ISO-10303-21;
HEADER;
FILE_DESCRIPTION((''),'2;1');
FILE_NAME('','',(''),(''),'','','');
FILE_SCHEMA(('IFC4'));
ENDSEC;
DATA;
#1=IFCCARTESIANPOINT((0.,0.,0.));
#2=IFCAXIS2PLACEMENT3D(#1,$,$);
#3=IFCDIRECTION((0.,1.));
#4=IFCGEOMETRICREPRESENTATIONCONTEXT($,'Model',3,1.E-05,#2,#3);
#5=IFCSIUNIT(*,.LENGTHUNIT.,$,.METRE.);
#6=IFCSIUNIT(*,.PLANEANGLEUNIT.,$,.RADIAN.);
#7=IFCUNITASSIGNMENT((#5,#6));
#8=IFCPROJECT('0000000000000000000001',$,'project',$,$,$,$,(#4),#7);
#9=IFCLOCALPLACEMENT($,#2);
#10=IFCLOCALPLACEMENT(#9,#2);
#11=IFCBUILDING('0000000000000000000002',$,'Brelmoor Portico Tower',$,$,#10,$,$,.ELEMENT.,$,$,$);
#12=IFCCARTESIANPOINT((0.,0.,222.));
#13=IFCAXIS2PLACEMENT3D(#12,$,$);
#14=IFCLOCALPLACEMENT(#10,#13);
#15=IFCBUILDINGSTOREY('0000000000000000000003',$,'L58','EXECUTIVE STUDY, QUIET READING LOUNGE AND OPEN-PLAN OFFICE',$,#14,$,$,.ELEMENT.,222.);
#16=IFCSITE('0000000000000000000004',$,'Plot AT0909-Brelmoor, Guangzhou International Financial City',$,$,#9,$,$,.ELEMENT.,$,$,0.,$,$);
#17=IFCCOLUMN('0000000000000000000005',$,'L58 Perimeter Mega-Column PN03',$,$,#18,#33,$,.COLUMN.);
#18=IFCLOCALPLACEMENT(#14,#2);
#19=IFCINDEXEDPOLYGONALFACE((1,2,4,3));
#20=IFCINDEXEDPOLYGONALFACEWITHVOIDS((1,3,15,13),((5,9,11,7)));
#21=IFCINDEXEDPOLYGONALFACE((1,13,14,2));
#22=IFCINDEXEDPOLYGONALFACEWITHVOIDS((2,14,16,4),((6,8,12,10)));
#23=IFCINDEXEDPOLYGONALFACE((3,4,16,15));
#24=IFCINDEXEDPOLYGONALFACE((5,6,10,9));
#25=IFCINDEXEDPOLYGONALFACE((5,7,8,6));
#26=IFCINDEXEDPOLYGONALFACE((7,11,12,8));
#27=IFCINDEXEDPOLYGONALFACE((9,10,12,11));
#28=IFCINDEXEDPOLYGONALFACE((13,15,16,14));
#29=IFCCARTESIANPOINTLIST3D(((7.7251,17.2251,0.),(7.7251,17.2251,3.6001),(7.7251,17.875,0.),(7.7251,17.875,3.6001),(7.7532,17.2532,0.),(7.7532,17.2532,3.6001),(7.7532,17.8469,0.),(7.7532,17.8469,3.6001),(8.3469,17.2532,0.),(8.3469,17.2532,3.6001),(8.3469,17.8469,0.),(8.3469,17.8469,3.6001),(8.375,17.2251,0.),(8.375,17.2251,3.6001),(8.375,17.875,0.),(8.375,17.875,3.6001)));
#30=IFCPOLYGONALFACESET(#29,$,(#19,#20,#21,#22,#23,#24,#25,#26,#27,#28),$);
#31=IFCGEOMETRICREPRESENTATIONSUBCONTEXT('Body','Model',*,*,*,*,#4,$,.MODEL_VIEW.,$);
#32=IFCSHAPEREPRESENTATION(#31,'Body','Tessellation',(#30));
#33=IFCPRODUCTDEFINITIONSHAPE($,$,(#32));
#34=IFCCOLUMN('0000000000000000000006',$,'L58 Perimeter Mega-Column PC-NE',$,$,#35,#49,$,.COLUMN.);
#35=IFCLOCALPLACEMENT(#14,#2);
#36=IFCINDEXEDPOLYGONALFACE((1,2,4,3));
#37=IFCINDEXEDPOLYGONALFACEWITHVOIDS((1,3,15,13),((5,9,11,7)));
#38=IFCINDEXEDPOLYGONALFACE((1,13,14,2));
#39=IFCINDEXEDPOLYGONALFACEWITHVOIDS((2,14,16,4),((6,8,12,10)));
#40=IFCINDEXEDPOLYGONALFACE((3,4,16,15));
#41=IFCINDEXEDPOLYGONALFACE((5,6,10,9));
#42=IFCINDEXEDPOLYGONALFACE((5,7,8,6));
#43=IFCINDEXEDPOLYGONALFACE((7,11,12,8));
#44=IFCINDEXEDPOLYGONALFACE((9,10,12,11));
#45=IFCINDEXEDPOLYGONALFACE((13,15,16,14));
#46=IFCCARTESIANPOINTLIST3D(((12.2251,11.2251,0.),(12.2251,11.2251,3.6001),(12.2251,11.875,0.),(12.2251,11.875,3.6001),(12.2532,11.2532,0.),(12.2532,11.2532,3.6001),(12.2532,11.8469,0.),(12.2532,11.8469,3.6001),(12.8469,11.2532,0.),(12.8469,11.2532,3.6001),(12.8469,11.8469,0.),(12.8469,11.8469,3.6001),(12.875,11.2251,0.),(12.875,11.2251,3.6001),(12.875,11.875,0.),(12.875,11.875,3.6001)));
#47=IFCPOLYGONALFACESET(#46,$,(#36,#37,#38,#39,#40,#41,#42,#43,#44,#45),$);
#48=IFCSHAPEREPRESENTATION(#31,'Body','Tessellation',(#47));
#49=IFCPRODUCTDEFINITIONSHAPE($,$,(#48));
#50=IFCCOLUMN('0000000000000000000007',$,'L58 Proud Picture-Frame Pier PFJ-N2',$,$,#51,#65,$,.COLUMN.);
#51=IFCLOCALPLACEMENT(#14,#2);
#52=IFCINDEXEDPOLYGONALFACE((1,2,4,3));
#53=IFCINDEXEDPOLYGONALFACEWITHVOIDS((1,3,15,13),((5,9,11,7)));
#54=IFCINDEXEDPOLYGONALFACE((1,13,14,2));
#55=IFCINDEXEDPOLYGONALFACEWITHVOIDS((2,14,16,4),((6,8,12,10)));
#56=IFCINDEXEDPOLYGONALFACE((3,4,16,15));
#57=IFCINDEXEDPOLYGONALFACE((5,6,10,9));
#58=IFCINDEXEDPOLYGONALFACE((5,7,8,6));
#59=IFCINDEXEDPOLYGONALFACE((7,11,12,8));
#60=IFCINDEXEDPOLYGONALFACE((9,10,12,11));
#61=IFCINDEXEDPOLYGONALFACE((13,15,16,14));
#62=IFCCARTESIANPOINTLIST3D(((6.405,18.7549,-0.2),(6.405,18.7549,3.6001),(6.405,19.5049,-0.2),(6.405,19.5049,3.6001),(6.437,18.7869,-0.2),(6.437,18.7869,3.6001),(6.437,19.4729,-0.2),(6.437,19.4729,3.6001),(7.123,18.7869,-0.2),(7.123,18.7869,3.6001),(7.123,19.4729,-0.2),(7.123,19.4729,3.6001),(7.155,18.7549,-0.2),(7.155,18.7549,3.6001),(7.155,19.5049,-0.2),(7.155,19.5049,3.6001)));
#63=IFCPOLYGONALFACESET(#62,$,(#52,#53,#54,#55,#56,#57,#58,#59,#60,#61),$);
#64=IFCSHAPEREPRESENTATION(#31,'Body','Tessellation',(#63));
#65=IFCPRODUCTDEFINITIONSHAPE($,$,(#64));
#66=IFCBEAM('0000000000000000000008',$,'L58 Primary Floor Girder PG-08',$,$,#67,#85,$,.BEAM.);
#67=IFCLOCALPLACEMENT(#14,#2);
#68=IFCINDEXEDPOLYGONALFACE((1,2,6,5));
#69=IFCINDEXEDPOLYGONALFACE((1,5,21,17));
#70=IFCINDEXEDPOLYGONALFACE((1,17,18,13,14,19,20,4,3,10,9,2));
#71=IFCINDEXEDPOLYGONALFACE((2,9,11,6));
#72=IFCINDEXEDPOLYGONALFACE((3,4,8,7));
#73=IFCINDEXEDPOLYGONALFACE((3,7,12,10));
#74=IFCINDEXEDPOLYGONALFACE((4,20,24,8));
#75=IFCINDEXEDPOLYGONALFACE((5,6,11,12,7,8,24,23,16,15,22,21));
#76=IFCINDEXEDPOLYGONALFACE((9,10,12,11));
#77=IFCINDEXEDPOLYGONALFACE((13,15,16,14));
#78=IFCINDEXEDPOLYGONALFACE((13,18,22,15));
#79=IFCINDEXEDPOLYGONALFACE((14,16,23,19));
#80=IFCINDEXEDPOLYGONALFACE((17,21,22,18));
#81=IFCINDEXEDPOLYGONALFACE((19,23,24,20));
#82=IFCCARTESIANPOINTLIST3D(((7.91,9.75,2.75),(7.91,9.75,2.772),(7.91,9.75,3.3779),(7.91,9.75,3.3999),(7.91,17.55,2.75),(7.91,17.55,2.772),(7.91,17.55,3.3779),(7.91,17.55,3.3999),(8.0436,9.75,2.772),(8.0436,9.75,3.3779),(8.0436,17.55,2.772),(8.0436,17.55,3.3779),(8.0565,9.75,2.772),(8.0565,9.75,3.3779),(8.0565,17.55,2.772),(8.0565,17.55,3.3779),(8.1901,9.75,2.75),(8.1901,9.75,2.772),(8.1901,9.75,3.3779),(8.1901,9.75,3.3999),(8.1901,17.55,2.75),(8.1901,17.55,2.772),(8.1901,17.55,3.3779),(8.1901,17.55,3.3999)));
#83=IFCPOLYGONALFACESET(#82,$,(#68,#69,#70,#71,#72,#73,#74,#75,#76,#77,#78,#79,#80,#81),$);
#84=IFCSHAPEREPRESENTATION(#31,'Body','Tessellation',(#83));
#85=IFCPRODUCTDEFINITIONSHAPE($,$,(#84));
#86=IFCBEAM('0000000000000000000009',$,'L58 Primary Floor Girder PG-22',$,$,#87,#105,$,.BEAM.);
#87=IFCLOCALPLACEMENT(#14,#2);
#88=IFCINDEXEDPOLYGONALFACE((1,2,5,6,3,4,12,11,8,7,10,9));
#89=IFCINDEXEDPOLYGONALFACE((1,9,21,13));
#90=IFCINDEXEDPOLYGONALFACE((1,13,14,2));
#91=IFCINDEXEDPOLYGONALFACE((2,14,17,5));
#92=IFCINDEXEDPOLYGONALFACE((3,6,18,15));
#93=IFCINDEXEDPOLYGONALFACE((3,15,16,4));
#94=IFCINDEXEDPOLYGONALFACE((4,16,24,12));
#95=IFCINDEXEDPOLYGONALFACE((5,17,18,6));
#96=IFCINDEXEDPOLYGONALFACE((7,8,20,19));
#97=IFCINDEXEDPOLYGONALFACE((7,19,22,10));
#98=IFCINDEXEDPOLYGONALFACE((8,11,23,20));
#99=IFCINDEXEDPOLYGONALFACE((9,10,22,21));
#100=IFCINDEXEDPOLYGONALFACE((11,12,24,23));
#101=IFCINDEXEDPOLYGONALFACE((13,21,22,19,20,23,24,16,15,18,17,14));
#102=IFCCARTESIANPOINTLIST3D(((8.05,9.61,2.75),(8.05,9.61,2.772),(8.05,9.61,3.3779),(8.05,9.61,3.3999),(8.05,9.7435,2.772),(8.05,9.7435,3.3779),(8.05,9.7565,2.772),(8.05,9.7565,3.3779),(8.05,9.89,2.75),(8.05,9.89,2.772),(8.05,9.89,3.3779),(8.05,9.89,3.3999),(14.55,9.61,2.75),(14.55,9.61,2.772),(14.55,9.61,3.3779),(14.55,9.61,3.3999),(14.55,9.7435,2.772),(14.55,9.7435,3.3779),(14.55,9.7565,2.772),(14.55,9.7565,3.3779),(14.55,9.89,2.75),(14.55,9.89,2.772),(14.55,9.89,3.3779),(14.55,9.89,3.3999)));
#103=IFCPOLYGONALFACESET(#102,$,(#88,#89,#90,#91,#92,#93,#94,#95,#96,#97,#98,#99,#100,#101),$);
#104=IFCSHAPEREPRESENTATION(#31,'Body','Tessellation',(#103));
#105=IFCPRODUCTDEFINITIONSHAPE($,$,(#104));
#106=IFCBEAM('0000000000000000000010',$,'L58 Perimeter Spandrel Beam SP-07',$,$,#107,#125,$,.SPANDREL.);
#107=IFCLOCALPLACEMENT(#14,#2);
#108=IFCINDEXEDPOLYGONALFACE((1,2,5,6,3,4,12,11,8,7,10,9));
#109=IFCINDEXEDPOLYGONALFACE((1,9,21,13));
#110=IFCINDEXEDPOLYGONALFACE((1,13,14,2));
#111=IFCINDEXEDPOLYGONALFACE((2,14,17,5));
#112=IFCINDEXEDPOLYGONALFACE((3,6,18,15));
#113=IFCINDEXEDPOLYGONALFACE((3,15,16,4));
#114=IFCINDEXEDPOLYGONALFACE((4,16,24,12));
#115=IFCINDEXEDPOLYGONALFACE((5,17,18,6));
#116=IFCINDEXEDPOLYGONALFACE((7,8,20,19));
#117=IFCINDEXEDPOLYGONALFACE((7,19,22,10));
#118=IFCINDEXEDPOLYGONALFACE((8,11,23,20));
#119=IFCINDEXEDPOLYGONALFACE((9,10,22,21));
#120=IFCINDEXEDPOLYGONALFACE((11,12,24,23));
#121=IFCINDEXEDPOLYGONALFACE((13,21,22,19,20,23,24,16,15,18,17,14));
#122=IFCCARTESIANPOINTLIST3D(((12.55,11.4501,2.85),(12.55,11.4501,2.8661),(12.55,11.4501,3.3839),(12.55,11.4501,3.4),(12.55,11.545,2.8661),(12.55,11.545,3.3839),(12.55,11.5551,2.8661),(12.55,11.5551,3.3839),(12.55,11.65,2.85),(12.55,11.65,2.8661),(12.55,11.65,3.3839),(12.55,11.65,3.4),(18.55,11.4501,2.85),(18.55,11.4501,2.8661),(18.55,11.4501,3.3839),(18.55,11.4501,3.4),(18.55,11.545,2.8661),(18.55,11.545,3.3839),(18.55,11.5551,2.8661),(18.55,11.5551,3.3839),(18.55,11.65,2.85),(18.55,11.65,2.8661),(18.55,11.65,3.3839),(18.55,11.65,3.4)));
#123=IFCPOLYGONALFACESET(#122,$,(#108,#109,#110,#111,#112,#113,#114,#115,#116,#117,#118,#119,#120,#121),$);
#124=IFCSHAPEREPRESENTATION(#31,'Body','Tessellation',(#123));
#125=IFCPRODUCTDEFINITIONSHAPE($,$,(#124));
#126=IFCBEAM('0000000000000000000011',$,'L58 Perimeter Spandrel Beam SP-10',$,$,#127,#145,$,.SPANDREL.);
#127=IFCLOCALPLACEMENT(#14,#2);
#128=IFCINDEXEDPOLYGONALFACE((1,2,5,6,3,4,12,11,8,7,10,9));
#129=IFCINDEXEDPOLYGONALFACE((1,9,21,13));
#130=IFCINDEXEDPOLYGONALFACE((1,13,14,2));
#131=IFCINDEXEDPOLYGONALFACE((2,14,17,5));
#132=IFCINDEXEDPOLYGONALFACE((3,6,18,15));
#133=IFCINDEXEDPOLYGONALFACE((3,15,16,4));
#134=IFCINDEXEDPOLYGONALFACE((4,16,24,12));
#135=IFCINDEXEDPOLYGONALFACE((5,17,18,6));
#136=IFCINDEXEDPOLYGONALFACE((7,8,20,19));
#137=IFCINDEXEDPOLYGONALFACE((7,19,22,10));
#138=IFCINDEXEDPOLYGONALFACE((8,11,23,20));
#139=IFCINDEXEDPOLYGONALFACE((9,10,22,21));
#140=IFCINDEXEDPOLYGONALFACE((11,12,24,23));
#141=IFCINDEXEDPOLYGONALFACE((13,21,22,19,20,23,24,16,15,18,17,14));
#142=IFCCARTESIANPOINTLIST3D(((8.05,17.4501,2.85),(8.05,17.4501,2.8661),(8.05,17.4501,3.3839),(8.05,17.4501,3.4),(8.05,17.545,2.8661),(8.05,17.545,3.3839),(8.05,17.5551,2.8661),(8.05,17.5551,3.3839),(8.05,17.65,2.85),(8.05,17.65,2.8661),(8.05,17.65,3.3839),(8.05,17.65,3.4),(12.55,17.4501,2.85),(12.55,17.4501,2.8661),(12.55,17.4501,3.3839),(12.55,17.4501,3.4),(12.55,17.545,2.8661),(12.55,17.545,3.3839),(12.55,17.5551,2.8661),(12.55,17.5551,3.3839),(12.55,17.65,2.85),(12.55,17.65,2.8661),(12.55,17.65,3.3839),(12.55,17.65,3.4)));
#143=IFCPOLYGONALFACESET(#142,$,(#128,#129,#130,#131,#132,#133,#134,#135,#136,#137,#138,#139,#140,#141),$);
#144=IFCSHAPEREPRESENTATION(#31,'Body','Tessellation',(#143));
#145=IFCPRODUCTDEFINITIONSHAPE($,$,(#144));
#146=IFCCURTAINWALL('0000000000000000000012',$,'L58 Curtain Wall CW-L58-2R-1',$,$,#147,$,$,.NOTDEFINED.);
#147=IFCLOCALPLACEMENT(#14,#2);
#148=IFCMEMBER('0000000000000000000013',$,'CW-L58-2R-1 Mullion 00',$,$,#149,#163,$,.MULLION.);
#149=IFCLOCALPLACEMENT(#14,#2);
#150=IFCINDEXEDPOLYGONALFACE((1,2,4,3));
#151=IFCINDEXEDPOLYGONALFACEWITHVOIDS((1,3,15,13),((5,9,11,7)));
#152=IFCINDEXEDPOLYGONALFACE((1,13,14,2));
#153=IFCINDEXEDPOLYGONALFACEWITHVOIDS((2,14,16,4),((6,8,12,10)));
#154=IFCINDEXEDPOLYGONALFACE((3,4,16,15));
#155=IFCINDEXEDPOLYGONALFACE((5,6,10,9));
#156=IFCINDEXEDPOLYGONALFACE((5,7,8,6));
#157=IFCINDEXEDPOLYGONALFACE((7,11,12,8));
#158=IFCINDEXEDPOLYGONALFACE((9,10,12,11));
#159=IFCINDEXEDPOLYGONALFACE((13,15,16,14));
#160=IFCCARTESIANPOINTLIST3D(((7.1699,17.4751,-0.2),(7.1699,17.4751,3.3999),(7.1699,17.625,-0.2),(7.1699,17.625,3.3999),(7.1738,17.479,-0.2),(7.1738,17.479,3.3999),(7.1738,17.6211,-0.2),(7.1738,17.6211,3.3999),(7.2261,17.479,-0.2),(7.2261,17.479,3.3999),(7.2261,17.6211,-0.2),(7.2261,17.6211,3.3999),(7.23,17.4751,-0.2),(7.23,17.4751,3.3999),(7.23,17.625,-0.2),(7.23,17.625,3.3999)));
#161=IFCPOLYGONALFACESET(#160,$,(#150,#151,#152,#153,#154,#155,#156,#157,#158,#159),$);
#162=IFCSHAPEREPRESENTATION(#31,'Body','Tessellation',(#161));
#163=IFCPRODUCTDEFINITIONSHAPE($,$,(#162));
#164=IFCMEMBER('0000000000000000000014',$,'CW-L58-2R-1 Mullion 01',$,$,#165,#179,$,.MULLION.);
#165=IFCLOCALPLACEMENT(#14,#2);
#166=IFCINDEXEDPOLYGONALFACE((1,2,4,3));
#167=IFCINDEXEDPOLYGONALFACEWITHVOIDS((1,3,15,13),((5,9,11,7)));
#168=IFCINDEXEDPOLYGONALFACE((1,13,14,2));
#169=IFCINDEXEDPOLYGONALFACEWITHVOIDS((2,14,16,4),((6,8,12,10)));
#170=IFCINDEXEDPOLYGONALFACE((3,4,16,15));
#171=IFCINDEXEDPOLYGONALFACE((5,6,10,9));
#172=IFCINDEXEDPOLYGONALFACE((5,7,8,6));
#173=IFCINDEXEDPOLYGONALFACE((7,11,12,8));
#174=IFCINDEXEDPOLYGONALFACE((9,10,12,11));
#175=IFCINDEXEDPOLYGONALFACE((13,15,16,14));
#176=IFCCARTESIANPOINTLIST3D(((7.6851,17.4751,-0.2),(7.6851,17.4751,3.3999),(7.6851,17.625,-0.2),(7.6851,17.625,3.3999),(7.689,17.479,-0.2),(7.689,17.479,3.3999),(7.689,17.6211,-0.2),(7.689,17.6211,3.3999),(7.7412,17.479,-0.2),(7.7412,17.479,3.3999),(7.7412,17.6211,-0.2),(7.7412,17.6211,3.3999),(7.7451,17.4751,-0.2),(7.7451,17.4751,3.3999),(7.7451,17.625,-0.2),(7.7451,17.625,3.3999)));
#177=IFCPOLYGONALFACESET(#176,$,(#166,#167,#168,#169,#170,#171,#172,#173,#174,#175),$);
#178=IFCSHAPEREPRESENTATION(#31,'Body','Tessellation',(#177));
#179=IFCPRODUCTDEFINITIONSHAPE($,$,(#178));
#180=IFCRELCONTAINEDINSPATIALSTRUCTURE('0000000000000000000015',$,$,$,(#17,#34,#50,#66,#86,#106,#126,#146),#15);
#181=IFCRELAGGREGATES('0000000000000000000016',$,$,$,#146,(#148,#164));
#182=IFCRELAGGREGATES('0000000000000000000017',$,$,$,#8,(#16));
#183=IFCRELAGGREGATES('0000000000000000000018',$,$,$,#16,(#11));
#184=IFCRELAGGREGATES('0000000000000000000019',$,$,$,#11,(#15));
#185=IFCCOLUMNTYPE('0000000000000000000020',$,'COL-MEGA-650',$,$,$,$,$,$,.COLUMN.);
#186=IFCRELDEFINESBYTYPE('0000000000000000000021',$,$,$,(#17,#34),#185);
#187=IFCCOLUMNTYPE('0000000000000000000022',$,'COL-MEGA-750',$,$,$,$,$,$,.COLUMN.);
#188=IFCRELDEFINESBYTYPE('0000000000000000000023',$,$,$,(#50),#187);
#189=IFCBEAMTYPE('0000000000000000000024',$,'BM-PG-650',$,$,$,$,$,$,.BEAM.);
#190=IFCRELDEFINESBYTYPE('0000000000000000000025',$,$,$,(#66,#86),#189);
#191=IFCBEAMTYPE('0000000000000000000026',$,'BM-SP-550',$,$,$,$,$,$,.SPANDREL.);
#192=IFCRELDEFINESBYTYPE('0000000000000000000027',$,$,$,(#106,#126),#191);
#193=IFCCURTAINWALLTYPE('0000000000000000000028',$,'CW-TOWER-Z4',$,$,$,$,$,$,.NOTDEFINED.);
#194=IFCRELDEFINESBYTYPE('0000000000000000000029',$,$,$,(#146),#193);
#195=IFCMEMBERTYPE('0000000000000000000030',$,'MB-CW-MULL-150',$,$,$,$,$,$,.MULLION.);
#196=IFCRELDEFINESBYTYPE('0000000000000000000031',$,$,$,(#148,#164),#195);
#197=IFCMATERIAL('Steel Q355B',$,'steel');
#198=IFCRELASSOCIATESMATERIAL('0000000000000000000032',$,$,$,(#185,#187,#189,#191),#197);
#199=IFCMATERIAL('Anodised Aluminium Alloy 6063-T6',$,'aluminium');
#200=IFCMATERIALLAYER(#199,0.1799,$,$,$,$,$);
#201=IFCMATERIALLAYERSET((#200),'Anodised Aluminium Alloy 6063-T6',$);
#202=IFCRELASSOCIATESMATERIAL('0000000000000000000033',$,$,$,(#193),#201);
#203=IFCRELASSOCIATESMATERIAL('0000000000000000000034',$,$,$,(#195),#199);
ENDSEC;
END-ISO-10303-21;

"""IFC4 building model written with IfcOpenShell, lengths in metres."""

from ifc_helpers import new_model, si_unit, direction, frame, origin, origin_2d, place, context, subcontext, project, spatial, hollow_rectangle, i_section, extrude, material, layer, layer_set, material_profile, profile_set, type_object, element, aggregate, save


model = new_model("IFC4")

# Units and contexts
model_context = context("Model", 3, precision=1e-05, world=origin(), true_north=direction((0.0, 1.0)))
body_context = subcontext(model_context, "Body", "Model", "MODEL_VIEW")
ifc_project = project(units=[si_unit("LENGTHUNIT", "METRE"), si_unit("PLANEANGLEUNIT", "RADIAN")], contexts=[model_context])

# Site, building, storey
site_placement = place(None, origin())
site = spatial("IfcSite", under=ifc_project, at=site_placement, Name="Plot AT0909-Brelmoor, Guangzhou International Financial City", CompositionType="ELEMENT", RefElevation=0.0)
building_placement = place(site_placement, origin())
building = spatial("IfcBuilding", under=site, at=building_placement, Name="Brelmoor Portico Tower", CompositionType="ELEMENT")
storey_placement = place(building_placement, frame((0.0, 0.0, 222.0)))
storey = spatial("IfcBuildingStorey", under=building, at=storey_placement, Name="L58", Description="EXECUTIVE STUDY, QUIET READING LOUNGE AND OPEN-PLAN OFFICE", CompositionType="ELEMENT", Elevation=222.0)

# Columns
ifc_material_1 = material(Name="Steel Q355B", Category="steel")
ifc_material_profile_1 = material_profile(ifc_material_1, hollow_rectangle(XDim=0.6499, YDim=0.6499, WallThickness=0.0281, at=origin_2d()), Name="BOX 650x650x28")
ifc_profile_set_1 = profile_set([ifc_material_profile_1], Name="Steel Q355B")
column_type_1 = type_object("IfcColumnType", Name="COL-MEGA-650", PredefinedType="COLUMN", material=ifc_profile_set_1)
for number, where, z_axis, x_axis, name in (
    (1, (8.05, 17.55, 0.0), (0.0, 0.0, 1.0), (1.0, 0.0, 0.0), "L58 Perimeter Mega-Column PN03"),
    (2, (12.55, 11.55, 0.0), (0.0, 0.0, 1.0), (1.0, 0.0, 0.0), "L58 Perimeter Mega-Column PC-NE"),
):
    element("IfcColumn", number, at=place(storey_placement, frame(where, z_axis=z_axis, x_axis=x_axis)), inside=storey, type_object=column_type_1, Name=name, PredefinedType="COLUMN", context=body_context, shape_type="SweptSolid", body=[
        extrude(hollow_rectangle(XDim=0.6499, YDim=0.6499, WallThickness=0.0281, at=origin_2d()), origin(), (0.0, 0.0, 1.0), 3.6001),
    ])
ifc_material_profile_2 = material_profile(ifc_material_1, hollow_rectangle(XDim=0.75, YDim=0.75, WallThickness=0.032, at=origin_2d()), Name="BOX 750x750x32")
ifc_profile_set_2 = profile_set([ifc_material_profile_2], Name="Steel Q355B")
column_type_2 = type_object("IfcColumnType", Name="COL-MEGA-750", PredefinedType="COLUMN", material=ifc_profile_set_2)
column_placement = place(storey_placement, frame((6.78, 19.1299, -0.2), z_axis=(0.0, 0.0, 1.0), x_axis=(1.0, 0.0, 0.0)))
element("IfcColumn", 3, at=column_placement, inside=storey, type_object=column_type_2, Name="L58 Proud Picture-Frame Pier PFJ-N2", PredefinedType="COLUMN", context=body_context, shape_type="SweptSolid", body=[
    extrude(hollow_rectangle(XDim=0.75, YDim=0.75, WallThickness=0.032, at=origin_2d()), origin(), (0.0, 0.0, 1.0), 3.8),
])

# Beams
ifc_material_profile_3 = material_profile(ifc_material_1, i_section(OverallWidth=0.28, OverallDepth=0.6499, WebThickness=0.0129, FlangeThickness=0.022, at=origin_2d()), Name="HN 650x280x13x22")
ifc_profile_set_3 = profile_set([ifc_material_profile_3], Name="Steel Q355B")
beam_type_1 = type_object("IfcBeamType", Name="BM-PG-650", PredefinedType="BEAM", material=ifc_profile_set_3)
beam_1_placement = place(storey_placement, frame((8.05, 9.75, 3.075), z_axis=(0.0, 1.0, 0.0), x_axis=(-1.0, 0.0, 0.0)))
element("IfcBeam", 4, at=beam_1_placement, inside=storey, type_object=beam_type_1, Name="L58 Primary Floor Girder PG-08", PredefinedType="BEAM", context=body_context, shape_type="SweptSolid", body=[
    extrude(i_section(OverallWidth=0.28, OverallDepth=0.6499, WebThickness=0.0129, FlangeThickness=0.022, at=origin_2d()), origin(), (0.0, 0.0, 1.0), 7.8),
])
beam_2_placement = place(storey_placement, frame((8.05, 9.75, 3.075), z_axis=(1.0, 0.0, 0.0), x_axis=(0.0, 1.0, 0.0)))
element("IfcBeam", 5, at=beam_2_placement, inside=storey, type_object=beam_type_1, Name="L58 Primary Floor Girder PG-22", PredefinedType="BEAM", context=body_context, shape_type="SweptSolid", body=[
    extrude(i_section(OverallWidth=0.28, OverallDepth=0.6499, WebThickness=0.0129, FlangeThickness=0.022, at=origin_2d()), origin(), (0.0, 0.0, 1.0), 6.5),
])
ifc_material_profile_4 = material_profile(ifc_material_1, i_section(OverallWidth=0.2, OverallDepth=0.55, WebThickness=0.01, FlangeThickness=0.0161, at=origin_2d()), Name="HN 550x200x10x16")
ifc_profile_set_4 = profile_set([ifc_material_profile_4], Name="Steel Q355B")
beam_type_2 = type_object("IfcBeamType", Name="BM-SP-550", PredefinedType="SPANDREL", material=ifc_profile_set_4)
beam_3_placement = place(storey_placement, frame((12.55, 11.55, 3.125), z_axis=(1.0, 0.0, 0.0), x_axis=(0.0, 1.0, 0.0)))
element("IfcBeam", 6, at=beam_3_placement, inside=storey, type_object=beam_type_2, Name="L58 Perimeter Spandrel Beam SP-07", PredefinedType="SPANDREL", context=body_context, shape_type="SweptSolid", body=[
    extrude(i_section(OverallWidth=0.2, OverallDepth=0.55, WebThickness=0.01, FlangeThickness=0.0161, at=origin_2d()), origin(), (0.0, 0.0, 1.0), 6.0),
])
beam_4_placement = place(storey_placement, frame((8.05, 17.55, 3.125), z_axis=(1.0, 0.0, 0.0), x_axis=(0.0, 1.0, 0.0)))
element("IfcBeam", 7, at=beam_4_placement, inside=storey, type_object=beam_type_2, Name="L58 Perimeter Spandrel Beam SP-10", PredefinedType="SPANDREL", context=body_context, shape_type="SweptSolid", body=[
    extrude(i_section(OverallWidth=0.2, OverallDepth=0.55, WebThickness=0.01, FlangeThickness=0.0161, at=origin_2d()), origin(), (0.0, 0.0, 1.0), 4.5),
])

# Curtain wall, members
ifc_material_2 = material(Name="Anodised Aluminium Alloy 6063-T6", Category="aluminium")
ifc_layer_1 = layer(ifc_material_2, 0.1799)
ifc_layer_set_1 = layer_set([ifc_layer_1], Name="Anodised Aluminium Alloy 6063-T6")
curtain_wall_type_1 = type_object("IfcCurtainWallType", Name="CW-TOWER-Z4", PredefinedType="NOTDEFINED", material=ifc_layer_set_1)
curtain_wall_1_placement = place(storey_placement, origin())
curtain_wall_1 = element("IfcCurtainWall", 8, at=curtain_wall_1_placement, inside=storey, type_object=curtain_wall_type_1, Name="L58 Curtain Wall CW-L58-2R-1", PredefinedType="NOTDEFINED")
ifc_material_profile_5 = material_profile(ifc_material_2, hollow_rectangle(XDim=0.0601, YDim=0.1499, WallThickness=0.0039, at=origin_2d()), Name="ALU MULLION 60x150")
ifc_profile_set_5 = profile_set([ifc_material_profile_5], Name="Anodised Aluminium Alloy 6063-T6")
member_type_1 = type_object("IfcMemberType", Name="MB-CW-MULL-150", PredefinedType="MULLION", material=ifc_profile_set_5)
member_1_placement = place(storey_placement, frame((7.2, 17.55, -0.2), z_axis=(0.0, 0.0, 1.0), x_axis=(1.0, 0.0, 0.0)))
member_1 = element("IfcMember", 9, at=member_1_placement, type_object=member_type_1, Name="CW-L58-2R-1 Mullion 00", PredefinedType="MULLION", context=body_context, shape_type="SweptSolid", body=[
    extrude(hollow_rectangle(XDim=0.0601, YDim=0.1499, WallThickness=0.0039, at=origin_2d()), origin(), (0.0, 0.0, 1.0), 3.5999),
])
member_2_placement = place(storey_placement, frame((7.7151, 17.55, -0.2), z_axis=(0.0, 0.0, 1.0), x_axis=(1.0, 0.0, 0.0)))
member_2 = element("IfcMember", 10, at=member_2_placement, type_object=member_type_1, Name="CW-L58-2R-1 Mullion 01", PredefinedType="MULLION", context=body_context, shape_type="SweptSolid", body=[
    extrude(hollow_rectangle(XDim=0.0601, YDim=0.1499, WallThickness=0.0039, at=origin_2d()), origin(), (0.0, 0.0, 1.0), 3.5999),
])

aggregate(curtain_wall_1, [member_1, member_2])

save(model, "model.ifc")
